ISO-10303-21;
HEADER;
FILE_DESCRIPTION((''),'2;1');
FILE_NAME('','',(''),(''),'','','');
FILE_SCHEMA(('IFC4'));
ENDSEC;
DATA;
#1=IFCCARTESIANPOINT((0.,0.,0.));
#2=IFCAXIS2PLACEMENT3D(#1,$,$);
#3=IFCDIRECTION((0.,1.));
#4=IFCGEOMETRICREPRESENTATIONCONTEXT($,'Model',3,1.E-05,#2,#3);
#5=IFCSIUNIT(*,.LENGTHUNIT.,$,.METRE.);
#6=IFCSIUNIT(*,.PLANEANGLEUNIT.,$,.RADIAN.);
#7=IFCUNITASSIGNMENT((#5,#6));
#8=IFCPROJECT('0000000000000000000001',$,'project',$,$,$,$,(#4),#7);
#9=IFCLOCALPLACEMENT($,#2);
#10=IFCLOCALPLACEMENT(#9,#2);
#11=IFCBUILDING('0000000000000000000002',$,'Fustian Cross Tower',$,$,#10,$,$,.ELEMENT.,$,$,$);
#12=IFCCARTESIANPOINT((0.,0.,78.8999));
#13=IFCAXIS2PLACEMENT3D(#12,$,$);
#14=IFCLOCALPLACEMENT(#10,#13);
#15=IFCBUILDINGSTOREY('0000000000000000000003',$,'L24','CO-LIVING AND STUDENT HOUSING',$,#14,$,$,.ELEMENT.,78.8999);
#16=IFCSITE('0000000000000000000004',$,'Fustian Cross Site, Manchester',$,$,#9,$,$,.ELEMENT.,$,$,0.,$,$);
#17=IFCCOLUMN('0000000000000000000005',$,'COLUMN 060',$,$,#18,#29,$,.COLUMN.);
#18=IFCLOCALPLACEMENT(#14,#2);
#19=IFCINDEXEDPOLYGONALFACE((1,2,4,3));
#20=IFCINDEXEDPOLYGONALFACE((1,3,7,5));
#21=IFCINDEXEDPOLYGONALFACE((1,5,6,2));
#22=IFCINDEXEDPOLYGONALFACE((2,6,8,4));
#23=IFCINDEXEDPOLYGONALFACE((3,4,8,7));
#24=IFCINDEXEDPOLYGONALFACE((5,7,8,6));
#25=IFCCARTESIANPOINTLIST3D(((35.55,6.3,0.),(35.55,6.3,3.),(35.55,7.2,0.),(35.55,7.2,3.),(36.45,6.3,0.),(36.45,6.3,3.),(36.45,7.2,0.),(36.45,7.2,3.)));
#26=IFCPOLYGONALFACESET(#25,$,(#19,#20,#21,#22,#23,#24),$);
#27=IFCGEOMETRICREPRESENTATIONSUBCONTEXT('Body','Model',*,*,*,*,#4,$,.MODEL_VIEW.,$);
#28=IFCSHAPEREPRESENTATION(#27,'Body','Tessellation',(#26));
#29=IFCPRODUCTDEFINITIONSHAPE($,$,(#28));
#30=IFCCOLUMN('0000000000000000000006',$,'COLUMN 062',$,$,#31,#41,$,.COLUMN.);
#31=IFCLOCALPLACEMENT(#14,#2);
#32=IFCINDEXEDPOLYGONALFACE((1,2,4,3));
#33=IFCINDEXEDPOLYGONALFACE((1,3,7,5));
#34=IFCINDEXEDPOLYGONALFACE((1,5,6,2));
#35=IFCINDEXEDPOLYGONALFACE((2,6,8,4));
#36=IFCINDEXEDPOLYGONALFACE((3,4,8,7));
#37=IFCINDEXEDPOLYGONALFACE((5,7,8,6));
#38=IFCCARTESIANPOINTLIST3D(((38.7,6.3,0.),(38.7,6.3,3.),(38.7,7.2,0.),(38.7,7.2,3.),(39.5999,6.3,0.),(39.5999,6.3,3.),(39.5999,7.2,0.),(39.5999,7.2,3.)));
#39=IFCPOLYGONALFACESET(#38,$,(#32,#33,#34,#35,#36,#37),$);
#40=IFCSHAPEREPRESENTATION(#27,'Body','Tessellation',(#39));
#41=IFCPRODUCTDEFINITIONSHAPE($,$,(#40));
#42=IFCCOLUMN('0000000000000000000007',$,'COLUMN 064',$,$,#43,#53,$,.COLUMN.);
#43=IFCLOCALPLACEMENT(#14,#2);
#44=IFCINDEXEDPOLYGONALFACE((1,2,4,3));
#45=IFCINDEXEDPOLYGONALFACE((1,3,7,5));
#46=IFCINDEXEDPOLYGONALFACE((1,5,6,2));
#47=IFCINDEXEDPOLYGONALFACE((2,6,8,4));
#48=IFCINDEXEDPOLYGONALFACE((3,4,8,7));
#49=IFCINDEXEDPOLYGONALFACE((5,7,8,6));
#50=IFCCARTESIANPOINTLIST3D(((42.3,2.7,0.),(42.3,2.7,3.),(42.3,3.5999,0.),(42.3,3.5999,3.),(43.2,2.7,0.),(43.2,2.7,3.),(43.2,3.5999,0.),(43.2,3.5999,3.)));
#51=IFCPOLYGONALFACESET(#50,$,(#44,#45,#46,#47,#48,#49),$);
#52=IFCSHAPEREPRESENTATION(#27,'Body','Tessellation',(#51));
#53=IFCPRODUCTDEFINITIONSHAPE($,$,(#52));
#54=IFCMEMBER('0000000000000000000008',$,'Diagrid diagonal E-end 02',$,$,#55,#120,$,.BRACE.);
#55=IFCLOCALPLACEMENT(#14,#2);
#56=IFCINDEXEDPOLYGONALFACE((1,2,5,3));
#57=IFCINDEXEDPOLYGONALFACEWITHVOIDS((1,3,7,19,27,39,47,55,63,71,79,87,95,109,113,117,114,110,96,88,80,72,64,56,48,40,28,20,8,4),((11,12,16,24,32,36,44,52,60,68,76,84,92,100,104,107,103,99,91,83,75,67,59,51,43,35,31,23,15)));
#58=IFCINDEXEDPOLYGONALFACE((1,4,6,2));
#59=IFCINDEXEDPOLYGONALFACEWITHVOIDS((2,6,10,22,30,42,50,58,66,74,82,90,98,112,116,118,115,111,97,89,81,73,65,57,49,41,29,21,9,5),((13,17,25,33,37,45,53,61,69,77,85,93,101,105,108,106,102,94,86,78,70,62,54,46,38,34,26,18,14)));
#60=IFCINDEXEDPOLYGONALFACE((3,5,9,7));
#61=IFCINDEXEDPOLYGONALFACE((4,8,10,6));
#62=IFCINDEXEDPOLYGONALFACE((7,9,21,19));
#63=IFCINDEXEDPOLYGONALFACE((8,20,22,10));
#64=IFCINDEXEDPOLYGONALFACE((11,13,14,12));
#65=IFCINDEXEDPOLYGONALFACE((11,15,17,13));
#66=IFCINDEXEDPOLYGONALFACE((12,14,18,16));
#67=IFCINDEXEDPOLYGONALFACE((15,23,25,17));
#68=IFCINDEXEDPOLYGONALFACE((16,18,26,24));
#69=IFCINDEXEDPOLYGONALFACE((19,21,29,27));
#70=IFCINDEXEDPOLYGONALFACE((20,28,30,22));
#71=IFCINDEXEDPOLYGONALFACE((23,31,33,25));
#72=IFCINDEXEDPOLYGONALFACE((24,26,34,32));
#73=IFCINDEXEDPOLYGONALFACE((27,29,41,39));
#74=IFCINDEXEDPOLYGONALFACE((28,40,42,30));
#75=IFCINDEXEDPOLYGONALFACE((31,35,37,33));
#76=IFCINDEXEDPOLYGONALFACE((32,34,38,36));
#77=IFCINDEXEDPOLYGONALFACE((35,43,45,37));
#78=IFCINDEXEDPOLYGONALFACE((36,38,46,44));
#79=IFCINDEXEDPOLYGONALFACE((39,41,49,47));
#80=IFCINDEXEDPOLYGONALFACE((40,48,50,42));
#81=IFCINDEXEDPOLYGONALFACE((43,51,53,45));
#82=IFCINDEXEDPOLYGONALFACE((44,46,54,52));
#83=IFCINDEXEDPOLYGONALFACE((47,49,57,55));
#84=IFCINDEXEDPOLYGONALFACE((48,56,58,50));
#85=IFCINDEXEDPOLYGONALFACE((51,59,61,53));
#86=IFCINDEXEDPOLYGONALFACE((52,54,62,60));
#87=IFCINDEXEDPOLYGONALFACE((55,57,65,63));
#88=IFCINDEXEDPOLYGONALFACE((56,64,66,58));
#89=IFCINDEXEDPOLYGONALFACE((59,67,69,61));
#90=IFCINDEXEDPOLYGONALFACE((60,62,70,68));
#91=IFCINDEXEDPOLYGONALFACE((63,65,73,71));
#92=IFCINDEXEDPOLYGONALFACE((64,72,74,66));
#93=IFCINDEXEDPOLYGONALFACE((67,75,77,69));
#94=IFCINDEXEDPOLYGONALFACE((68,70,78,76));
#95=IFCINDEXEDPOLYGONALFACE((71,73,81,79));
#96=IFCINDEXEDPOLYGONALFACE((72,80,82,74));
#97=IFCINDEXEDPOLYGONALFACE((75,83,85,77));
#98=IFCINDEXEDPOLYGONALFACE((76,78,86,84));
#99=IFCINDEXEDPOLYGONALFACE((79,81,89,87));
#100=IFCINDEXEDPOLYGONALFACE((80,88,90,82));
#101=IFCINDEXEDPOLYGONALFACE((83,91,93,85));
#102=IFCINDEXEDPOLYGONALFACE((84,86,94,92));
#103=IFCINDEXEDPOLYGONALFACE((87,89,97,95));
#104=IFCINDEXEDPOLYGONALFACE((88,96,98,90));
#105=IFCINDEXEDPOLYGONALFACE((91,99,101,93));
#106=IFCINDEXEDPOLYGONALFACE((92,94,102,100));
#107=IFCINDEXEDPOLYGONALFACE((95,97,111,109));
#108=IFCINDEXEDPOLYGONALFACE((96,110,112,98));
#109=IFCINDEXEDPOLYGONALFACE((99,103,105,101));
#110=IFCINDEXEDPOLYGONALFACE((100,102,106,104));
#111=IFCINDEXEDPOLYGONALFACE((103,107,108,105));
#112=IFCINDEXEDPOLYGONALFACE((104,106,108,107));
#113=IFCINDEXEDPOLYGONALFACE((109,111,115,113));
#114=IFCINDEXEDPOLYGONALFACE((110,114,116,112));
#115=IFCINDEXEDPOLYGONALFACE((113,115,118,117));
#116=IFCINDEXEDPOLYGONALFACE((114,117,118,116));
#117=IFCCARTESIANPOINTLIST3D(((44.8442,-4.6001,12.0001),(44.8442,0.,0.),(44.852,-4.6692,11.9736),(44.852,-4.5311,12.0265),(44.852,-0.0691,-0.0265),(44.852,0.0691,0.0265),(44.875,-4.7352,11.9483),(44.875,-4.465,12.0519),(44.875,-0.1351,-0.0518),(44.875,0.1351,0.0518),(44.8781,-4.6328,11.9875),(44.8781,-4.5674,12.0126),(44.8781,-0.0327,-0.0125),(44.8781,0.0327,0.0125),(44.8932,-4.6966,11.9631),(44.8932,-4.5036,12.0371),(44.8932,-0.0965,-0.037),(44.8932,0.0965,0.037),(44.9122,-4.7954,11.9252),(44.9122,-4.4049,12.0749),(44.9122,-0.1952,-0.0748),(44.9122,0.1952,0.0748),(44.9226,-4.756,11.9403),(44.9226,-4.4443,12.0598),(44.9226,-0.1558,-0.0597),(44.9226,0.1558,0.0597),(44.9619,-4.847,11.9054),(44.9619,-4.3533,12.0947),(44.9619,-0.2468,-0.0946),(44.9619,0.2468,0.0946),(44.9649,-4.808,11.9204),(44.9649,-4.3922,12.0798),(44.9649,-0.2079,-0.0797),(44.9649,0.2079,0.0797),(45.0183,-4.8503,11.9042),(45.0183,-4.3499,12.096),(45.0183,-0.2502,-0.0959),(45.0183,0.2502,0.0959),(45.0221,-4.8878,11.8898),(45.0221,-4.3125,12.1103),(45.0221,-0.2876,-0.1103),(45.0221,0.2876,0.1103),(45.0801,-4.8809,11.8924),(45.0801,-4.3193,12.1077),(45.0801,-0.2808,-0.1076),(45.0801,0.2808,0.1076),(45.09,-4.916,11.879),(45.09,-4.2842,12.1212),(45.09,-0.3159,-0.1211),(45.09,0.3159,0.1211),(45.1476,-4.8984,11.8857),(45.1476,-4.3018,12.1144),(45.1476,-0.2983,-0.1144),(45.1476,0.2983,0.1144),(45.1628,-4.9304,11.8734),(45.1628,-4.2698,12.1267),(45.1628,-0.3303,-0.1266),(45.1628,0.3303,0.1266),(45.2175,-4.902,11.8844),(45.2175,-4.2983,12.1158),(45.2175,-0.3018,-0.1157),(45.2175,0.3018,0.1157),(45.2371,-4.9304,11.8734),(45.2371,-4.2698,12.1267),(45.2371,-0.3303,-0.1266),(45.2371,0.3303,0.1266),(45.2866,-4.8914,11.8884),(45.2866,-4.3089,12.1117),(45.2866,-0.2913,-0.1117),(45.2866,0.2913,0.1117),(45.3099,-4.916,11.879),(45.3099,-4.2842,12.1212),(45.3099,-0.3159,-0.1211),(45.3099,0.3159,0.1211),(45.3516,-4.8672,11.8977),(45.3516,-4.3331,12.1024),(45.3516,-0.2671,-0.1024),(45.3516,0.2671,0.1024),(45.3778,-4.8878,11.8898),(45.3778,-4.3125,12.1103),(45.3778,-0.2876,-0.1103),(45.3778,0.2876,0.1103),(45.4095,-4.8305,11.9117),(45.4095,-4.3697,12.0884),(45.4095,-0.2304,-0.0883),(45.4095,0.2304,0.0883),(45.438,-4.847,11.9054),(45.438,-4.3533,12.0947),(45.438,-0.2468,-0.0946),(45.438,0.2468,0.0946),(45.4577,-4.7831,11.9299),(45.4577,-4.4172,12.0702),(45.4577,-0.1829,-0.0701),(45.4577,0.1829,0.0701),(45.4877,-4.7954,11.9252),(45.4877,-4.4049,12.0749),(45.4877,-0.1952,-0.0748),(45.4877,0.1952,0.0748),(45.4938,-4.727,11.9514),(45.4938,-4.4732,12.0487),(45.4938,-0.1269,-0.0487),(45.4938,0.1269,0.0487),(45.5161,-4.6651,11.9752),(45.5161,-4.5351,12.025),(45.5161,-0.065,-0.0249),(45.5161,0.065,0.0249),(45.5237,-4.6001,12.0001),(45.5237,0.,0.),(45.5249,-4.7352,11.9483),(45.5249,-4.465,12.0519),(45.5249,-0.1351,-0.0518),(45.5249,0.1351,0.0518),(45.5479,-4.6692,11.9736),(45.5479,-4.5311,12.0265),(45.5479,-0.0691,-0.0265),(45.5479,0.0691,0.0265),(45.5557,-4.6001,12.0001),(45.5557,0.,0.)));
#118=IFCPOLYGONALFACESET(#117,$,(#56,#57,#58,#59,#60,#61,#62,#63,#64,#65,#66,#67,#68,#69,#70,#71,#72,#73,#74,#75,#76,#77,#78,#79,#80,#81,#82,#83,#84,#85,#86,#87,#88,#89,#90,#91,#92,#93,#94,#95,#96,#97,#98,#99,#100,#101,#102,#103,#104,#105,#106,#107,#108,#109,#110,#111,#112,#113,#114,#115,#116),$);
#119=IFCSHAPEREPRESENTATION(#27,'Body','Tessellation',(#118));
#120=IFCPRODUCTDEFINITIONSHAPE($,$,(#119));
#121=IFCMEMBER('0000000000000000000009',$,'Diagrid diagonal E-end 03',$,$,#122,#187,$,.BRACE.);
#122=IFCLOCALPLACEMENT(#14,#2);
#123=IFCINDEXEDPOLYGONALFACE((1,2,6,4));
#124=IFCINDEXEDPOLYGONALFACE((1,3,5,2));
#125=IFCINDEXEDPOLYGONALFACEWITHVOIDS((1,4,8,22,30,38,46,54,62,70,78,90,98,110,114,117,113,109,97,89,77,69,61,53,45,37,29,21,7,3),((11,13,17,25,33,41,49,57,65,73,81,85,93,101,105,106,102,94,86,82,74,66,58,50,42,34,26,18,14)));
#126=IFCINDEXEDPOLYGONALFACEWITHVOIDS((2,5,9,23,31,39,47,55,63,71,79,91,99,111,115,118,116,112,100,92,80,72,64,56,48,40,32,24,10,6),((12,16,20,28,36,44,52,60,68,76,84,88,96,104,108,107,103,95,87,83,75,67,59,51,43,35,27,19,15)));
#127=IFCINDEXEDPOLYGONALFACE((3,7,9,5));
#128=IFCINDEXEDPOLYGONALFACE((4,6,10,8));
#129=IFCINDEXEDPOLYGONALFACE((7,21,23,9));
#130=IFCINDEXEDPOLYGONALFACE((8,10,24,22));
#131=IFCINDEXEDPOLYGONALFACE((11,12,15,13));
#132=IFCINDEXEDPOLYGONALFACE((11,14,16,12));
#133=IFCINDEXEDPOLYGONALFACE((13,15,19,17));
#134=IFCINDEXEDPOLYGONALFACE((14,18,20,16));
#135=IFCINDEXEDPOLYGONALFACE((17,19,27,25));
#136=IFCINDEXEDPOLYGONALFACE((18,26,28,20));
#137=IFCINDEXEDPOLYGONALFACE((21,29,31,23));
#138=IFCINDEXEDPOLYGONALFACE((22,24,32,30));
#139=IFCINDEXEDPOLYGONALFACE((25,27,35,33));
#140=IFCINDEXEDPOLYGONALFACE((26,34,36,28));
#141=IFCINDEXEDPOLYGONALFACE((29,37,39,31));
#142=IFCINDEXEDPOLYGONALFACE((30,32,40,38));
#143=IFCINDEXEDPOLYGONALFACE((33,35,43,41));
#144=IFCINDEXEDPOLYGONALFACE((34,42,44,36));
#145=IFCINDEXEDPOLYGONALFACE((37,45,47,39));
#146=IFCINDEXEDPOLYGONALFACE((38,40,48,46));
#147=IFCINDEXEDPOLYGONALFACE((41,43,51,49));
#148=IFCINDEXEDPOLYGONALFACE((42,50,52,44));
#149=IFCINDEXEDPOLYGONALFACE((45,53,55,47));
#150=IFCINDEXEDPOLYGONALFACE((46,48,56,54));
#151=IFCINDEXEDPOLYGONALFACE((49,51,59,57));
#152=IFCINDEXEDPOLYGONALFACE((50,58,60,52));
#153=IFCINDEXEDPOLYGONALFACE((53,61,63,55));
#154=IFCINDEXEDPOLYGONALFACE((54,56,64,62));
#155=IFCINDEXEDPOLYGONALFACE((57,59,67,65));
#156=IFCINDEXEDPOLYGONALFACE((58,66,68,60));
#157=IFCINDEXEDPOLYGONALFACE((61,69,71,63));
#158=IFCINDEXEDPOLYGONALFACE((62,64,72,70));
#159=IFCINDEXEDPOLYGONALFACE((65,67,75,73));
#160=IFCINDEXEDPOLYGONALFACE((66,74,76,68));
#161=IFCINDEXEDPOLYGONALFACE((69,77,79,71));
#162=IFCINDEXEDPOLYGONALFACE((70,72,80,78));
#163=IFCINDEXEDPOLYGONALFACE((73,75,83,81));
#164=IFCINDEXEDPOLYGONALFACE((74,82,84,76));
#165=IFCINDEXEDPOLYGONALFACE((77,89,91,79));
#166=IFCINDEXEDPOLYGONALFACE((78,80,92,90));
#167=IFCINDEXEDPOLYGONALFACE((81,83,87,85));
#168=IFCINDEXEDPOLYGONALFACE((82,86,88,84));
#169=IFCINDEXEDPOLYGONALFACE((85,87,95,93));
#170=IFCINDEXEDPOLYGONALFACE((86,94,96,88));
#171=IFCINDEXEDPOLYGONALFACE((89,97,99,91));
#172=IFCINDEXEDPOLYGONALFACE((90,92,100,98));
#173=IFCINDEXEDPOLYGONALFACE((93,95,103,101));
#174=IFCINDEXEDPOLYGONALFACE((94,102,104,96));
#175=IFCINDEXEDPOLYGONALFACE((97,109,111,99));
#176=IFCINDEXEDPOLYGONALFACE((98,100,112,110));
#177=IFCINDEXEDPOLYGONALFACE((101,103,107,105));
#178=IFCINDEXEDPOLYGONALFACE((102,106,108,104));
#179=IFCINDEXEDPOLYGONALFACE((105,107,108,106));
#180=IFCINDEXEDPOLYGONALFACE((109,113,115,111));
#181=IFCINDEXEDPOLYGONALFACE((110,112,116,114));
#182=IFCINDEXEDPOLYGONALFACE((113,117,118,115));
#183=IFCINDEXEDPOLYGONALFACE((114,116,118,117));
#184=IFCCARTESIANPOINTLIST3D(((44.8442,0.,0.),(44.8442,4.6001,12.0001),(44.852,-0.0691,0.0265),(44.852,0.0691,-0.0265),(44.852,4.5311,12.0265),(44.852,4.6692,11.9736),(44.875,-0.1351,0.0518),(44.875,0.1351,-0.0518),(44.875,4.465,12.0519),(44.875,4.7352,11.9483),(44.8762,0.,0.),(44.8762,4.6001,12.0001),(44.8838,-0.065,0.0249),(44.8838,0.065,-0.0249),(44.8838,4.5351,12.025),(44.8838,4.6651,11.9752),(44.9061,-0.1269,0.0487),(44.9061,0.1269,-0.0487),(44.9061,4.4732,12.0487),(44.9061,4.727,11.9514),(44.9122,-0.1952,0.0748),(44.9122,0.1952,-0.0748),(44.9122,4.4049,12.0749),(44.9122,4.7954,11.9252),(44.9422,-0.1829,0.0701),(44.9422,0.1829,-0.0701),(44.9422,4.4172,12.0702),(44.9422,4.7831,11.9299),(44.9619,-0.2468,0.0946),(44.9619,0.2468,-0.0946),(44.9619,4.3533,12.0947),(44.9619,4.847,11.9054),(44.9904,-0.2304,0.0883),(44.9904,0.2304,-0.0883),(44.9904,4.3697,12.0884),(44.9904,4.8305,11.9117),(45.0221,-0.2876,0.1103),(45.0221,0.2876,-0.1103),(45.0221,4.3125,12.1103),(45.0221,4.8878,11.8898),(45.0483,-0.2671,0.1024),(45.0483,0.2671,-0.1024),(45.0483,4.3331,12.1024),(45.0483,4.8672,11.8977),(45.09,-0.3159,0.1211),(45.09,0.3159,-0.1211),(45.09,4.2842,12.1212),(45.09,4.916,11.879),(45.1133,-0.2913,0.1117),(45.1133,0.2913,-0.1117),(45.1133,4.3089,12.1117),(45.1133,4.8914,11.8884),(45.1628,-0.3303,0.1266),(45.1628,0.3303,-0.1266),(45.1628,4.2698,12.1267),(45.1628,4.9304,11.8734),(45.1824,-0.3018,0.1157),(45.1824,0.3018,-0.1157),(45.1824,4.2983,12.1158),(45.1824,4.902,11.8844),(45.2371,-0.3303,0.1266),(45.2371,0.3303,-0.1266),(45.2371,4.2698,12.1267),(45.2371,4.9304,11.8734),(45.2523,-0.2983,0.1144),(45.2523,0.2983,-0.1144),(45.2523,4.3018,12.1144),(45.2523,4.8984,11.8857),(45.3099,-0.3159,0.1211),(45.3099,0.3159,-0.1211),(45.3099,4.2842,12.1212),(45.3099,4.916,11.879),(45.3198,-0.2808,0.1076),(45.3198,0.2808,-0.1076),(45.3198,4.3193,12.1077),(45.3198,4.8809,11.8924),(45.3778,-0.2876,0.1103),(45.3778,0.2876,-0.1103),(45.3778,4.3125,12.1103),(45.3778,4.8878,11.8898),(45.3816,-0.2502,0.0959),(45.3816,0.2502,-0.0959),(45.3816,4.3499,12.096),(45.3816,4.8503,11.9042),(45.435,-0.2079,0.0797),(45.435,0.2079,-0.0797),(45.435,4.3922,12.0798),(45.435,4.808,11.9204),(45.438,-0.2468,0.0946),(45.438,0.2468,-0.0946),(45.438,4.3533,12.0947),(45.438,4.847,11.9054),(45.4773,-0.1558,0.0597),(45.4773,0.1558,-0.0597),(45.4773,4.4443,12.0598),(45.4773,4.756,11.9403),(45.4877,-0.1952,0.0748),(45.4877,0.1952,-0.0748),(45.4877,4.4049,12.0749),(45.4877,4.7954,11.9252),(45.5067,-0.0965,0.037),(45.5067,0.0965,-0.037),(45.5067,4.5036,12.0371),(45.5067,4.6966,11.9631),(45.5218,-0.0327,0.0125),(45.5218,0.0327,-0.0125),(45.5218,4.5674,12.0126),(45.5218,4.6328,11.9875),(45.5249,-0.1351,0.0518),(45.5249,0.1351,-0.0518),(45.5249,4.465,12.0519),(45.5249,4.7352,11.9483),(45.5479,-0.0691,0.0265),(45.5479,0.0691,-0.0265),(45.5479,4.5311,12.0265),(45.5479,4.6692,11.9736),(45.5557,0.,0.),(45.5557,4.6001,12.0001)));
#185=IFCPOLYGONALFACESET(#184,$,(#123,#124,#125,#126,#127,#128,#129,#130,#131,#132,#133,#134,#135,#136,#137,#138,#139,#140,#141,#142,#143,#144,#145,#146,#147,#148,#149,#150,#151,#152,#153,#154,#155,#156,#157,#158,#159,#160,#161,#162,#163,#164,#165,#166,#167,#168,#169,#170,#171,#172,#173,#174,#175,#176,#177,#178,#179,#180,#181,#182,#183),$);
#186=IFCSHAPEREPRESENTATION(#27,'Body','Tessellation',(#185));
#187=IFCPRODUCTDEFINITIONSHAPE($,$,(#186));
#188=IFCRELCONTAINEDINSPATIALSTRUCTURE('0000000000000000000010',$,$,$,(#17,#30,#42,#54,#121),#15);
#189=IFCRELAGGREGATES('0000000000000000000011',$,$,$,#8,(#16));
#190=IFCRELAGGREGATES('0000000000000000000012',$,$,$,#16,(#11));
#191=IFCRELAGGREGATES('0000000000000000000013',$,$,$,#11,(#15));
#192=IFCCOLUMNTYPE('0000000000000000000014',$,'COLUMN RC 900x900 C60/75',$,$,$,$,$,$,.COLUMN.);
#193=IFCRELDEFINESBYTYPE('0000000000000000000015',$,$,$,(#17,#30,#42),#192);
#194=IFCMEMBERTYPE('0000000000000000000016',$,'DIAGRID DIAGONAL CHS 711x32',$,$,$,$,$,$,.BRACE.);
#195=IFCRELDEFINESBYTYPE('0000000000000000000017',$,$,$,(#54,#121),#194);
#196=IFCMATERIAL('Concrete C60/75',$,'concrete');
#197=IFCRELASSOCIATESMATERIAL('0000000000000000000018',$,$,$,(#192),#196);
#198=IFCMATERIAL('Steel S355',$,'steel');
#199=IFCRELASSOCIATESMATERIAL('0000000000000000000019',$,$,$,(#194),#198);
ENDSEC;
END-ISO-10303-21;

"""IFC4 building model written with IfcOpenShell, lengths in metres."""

from ifc_helpers import new_model, si_unit, direction, frame, origin, origin_2d, place, context, subcontext, project, spatial, rectangle, hollow_circle, extrude, material, material_profile, profile_set, type_object, element, save


model = new_model("IFC4")

# Units and contexts
model_context = context("Model", 3, precision=1e-05, world=origin(), true_north=direction((0.0, 1.0)))
body_context = subcontext(model_context, "Body", "Model", "MODEL_VIEW")
ifc_project = project(units=[si_unit("LENGTHUNIT", "METRE"), si_unit("PLANEANGLEUNIT", "RADIAN")], contexts=[model_context])

# Site, building, storey
site_placement = place(None, origin())
site = spatial("IfcSite", under=ifc_project, at=site_placement, Name="Fustian Cross Site, Manchester", CompositionType="ELEMENT", RefElevation=0.0)
building_placement = place(site_placement, origin())
building = spatial("IfcBuilding", under=site, at=building_placement, Name="Fustian Cross Tower", CompositionType="ELEMENT")
storey_placement = place(building_placement, frame((0.0, 0.0, 78.8999)))
storey = spatial("IfcBuildingStorey", under=building, at=storey_placement, Name="L24", Description="CO-LIVING AND STUDENT HOUSING", CompositionType="ELEMENT", Elevation=78.8999)

# Columns
ifc_material_1 = material(Name="Concrete C60/75", Category="concrete")
ifc_material_profile_1 = material_profile(ifc_material_1, rectangle(XDim=0.8999, YDim=0.8999, at=origin_2d()), Name="RC 900x900")
ifc_profile_set_1 = profile_set([ifc_material_profile_1], Name="Concrete C60/75")
column_type = type_object("IfcColumnType", Name="COLUMN RC 900x900 C60/75", PredefinedType="COLUMN", material=ifc_profile_set_1)
for number, where, z_axis, x_axis, name in (
    (1, (36.0, 6.75, 0.0), (0.0, 0.0, 1.0), (1.0, 0.0, 0.0), "COLUMN 060"),
    (2, (39.1499, 6.75, 0.0), (0.0, 0.0, 1.0), (1.0, 0.0, 0.0), "COLUMN 062"),
    (3, (42.75, 3.1499, 0.0), (0.0, 0.0, 1.0), (1.0, 0.0, 0.0), "COLUMN 064"),
):
    element("IfcColumn", number, at=place(storey_placement, frame(where, z_axis=z_axis, x_axis=x_axis)), inside=storey, type_object=column_type, Name=name, PredefinedType="COLUMN", context=body_context, shape_type="SweptSolid", body=[
        extrude(rectangle(XDim=0.8999, YDim=0.8999, at=origin_2d()), origin(), (0.0, 0.0, 1.0), 3.0),
    ])

# Members
ifc_material_2 = material(Name="Steel S355", Category="steel")
ifc_material_profile_2 = material_profile(ifc_material_2, hollow_circle(Radius=0.3557, WallThickness=0.032, at=origin_2d()), Name="CHS 711x32")
ifc_profile_set_2 = profile_set([ifc_material_profile_2], Name="Steel S355")
member_type_1 = type_object("IfcMemberType", Name="DIAGRID DIAGONAL CHS 711x32", PredefinedType="BRACE", material=ifc_profile_set_2)
for number, where, z_axis, x_axis, name in (
    (4, (45.2, 0.0, 0.0), (0.0, -0.357943, 0.933744), (1.0, 0.0, 0.0), "Diagrid diagonal E-end 02"),
    (5, (45.2, 0.0, 0.0), (0.0, 0.357943, 0.933744), (-1.0, 0.0, 0.0), "Diagrid diagonal E-end 03"),
):
    element("IfcMember", number, at=place(storey_placement, frame(where, z_axis=z_axis, x_axis=x_axis)), inside=storey, type_object=member_type_1, Name=name, PredefinedType="BRACE", context=body_context, shape_type="SweptSolid", body=[
        extrude(hollow_circle(Radius=0.3557, WallThickness=0.032, at=origin_2d()), origin(), (0.0, 0.0, 1.0), 12.8516),
    ])

save(model, "model.ifc")
